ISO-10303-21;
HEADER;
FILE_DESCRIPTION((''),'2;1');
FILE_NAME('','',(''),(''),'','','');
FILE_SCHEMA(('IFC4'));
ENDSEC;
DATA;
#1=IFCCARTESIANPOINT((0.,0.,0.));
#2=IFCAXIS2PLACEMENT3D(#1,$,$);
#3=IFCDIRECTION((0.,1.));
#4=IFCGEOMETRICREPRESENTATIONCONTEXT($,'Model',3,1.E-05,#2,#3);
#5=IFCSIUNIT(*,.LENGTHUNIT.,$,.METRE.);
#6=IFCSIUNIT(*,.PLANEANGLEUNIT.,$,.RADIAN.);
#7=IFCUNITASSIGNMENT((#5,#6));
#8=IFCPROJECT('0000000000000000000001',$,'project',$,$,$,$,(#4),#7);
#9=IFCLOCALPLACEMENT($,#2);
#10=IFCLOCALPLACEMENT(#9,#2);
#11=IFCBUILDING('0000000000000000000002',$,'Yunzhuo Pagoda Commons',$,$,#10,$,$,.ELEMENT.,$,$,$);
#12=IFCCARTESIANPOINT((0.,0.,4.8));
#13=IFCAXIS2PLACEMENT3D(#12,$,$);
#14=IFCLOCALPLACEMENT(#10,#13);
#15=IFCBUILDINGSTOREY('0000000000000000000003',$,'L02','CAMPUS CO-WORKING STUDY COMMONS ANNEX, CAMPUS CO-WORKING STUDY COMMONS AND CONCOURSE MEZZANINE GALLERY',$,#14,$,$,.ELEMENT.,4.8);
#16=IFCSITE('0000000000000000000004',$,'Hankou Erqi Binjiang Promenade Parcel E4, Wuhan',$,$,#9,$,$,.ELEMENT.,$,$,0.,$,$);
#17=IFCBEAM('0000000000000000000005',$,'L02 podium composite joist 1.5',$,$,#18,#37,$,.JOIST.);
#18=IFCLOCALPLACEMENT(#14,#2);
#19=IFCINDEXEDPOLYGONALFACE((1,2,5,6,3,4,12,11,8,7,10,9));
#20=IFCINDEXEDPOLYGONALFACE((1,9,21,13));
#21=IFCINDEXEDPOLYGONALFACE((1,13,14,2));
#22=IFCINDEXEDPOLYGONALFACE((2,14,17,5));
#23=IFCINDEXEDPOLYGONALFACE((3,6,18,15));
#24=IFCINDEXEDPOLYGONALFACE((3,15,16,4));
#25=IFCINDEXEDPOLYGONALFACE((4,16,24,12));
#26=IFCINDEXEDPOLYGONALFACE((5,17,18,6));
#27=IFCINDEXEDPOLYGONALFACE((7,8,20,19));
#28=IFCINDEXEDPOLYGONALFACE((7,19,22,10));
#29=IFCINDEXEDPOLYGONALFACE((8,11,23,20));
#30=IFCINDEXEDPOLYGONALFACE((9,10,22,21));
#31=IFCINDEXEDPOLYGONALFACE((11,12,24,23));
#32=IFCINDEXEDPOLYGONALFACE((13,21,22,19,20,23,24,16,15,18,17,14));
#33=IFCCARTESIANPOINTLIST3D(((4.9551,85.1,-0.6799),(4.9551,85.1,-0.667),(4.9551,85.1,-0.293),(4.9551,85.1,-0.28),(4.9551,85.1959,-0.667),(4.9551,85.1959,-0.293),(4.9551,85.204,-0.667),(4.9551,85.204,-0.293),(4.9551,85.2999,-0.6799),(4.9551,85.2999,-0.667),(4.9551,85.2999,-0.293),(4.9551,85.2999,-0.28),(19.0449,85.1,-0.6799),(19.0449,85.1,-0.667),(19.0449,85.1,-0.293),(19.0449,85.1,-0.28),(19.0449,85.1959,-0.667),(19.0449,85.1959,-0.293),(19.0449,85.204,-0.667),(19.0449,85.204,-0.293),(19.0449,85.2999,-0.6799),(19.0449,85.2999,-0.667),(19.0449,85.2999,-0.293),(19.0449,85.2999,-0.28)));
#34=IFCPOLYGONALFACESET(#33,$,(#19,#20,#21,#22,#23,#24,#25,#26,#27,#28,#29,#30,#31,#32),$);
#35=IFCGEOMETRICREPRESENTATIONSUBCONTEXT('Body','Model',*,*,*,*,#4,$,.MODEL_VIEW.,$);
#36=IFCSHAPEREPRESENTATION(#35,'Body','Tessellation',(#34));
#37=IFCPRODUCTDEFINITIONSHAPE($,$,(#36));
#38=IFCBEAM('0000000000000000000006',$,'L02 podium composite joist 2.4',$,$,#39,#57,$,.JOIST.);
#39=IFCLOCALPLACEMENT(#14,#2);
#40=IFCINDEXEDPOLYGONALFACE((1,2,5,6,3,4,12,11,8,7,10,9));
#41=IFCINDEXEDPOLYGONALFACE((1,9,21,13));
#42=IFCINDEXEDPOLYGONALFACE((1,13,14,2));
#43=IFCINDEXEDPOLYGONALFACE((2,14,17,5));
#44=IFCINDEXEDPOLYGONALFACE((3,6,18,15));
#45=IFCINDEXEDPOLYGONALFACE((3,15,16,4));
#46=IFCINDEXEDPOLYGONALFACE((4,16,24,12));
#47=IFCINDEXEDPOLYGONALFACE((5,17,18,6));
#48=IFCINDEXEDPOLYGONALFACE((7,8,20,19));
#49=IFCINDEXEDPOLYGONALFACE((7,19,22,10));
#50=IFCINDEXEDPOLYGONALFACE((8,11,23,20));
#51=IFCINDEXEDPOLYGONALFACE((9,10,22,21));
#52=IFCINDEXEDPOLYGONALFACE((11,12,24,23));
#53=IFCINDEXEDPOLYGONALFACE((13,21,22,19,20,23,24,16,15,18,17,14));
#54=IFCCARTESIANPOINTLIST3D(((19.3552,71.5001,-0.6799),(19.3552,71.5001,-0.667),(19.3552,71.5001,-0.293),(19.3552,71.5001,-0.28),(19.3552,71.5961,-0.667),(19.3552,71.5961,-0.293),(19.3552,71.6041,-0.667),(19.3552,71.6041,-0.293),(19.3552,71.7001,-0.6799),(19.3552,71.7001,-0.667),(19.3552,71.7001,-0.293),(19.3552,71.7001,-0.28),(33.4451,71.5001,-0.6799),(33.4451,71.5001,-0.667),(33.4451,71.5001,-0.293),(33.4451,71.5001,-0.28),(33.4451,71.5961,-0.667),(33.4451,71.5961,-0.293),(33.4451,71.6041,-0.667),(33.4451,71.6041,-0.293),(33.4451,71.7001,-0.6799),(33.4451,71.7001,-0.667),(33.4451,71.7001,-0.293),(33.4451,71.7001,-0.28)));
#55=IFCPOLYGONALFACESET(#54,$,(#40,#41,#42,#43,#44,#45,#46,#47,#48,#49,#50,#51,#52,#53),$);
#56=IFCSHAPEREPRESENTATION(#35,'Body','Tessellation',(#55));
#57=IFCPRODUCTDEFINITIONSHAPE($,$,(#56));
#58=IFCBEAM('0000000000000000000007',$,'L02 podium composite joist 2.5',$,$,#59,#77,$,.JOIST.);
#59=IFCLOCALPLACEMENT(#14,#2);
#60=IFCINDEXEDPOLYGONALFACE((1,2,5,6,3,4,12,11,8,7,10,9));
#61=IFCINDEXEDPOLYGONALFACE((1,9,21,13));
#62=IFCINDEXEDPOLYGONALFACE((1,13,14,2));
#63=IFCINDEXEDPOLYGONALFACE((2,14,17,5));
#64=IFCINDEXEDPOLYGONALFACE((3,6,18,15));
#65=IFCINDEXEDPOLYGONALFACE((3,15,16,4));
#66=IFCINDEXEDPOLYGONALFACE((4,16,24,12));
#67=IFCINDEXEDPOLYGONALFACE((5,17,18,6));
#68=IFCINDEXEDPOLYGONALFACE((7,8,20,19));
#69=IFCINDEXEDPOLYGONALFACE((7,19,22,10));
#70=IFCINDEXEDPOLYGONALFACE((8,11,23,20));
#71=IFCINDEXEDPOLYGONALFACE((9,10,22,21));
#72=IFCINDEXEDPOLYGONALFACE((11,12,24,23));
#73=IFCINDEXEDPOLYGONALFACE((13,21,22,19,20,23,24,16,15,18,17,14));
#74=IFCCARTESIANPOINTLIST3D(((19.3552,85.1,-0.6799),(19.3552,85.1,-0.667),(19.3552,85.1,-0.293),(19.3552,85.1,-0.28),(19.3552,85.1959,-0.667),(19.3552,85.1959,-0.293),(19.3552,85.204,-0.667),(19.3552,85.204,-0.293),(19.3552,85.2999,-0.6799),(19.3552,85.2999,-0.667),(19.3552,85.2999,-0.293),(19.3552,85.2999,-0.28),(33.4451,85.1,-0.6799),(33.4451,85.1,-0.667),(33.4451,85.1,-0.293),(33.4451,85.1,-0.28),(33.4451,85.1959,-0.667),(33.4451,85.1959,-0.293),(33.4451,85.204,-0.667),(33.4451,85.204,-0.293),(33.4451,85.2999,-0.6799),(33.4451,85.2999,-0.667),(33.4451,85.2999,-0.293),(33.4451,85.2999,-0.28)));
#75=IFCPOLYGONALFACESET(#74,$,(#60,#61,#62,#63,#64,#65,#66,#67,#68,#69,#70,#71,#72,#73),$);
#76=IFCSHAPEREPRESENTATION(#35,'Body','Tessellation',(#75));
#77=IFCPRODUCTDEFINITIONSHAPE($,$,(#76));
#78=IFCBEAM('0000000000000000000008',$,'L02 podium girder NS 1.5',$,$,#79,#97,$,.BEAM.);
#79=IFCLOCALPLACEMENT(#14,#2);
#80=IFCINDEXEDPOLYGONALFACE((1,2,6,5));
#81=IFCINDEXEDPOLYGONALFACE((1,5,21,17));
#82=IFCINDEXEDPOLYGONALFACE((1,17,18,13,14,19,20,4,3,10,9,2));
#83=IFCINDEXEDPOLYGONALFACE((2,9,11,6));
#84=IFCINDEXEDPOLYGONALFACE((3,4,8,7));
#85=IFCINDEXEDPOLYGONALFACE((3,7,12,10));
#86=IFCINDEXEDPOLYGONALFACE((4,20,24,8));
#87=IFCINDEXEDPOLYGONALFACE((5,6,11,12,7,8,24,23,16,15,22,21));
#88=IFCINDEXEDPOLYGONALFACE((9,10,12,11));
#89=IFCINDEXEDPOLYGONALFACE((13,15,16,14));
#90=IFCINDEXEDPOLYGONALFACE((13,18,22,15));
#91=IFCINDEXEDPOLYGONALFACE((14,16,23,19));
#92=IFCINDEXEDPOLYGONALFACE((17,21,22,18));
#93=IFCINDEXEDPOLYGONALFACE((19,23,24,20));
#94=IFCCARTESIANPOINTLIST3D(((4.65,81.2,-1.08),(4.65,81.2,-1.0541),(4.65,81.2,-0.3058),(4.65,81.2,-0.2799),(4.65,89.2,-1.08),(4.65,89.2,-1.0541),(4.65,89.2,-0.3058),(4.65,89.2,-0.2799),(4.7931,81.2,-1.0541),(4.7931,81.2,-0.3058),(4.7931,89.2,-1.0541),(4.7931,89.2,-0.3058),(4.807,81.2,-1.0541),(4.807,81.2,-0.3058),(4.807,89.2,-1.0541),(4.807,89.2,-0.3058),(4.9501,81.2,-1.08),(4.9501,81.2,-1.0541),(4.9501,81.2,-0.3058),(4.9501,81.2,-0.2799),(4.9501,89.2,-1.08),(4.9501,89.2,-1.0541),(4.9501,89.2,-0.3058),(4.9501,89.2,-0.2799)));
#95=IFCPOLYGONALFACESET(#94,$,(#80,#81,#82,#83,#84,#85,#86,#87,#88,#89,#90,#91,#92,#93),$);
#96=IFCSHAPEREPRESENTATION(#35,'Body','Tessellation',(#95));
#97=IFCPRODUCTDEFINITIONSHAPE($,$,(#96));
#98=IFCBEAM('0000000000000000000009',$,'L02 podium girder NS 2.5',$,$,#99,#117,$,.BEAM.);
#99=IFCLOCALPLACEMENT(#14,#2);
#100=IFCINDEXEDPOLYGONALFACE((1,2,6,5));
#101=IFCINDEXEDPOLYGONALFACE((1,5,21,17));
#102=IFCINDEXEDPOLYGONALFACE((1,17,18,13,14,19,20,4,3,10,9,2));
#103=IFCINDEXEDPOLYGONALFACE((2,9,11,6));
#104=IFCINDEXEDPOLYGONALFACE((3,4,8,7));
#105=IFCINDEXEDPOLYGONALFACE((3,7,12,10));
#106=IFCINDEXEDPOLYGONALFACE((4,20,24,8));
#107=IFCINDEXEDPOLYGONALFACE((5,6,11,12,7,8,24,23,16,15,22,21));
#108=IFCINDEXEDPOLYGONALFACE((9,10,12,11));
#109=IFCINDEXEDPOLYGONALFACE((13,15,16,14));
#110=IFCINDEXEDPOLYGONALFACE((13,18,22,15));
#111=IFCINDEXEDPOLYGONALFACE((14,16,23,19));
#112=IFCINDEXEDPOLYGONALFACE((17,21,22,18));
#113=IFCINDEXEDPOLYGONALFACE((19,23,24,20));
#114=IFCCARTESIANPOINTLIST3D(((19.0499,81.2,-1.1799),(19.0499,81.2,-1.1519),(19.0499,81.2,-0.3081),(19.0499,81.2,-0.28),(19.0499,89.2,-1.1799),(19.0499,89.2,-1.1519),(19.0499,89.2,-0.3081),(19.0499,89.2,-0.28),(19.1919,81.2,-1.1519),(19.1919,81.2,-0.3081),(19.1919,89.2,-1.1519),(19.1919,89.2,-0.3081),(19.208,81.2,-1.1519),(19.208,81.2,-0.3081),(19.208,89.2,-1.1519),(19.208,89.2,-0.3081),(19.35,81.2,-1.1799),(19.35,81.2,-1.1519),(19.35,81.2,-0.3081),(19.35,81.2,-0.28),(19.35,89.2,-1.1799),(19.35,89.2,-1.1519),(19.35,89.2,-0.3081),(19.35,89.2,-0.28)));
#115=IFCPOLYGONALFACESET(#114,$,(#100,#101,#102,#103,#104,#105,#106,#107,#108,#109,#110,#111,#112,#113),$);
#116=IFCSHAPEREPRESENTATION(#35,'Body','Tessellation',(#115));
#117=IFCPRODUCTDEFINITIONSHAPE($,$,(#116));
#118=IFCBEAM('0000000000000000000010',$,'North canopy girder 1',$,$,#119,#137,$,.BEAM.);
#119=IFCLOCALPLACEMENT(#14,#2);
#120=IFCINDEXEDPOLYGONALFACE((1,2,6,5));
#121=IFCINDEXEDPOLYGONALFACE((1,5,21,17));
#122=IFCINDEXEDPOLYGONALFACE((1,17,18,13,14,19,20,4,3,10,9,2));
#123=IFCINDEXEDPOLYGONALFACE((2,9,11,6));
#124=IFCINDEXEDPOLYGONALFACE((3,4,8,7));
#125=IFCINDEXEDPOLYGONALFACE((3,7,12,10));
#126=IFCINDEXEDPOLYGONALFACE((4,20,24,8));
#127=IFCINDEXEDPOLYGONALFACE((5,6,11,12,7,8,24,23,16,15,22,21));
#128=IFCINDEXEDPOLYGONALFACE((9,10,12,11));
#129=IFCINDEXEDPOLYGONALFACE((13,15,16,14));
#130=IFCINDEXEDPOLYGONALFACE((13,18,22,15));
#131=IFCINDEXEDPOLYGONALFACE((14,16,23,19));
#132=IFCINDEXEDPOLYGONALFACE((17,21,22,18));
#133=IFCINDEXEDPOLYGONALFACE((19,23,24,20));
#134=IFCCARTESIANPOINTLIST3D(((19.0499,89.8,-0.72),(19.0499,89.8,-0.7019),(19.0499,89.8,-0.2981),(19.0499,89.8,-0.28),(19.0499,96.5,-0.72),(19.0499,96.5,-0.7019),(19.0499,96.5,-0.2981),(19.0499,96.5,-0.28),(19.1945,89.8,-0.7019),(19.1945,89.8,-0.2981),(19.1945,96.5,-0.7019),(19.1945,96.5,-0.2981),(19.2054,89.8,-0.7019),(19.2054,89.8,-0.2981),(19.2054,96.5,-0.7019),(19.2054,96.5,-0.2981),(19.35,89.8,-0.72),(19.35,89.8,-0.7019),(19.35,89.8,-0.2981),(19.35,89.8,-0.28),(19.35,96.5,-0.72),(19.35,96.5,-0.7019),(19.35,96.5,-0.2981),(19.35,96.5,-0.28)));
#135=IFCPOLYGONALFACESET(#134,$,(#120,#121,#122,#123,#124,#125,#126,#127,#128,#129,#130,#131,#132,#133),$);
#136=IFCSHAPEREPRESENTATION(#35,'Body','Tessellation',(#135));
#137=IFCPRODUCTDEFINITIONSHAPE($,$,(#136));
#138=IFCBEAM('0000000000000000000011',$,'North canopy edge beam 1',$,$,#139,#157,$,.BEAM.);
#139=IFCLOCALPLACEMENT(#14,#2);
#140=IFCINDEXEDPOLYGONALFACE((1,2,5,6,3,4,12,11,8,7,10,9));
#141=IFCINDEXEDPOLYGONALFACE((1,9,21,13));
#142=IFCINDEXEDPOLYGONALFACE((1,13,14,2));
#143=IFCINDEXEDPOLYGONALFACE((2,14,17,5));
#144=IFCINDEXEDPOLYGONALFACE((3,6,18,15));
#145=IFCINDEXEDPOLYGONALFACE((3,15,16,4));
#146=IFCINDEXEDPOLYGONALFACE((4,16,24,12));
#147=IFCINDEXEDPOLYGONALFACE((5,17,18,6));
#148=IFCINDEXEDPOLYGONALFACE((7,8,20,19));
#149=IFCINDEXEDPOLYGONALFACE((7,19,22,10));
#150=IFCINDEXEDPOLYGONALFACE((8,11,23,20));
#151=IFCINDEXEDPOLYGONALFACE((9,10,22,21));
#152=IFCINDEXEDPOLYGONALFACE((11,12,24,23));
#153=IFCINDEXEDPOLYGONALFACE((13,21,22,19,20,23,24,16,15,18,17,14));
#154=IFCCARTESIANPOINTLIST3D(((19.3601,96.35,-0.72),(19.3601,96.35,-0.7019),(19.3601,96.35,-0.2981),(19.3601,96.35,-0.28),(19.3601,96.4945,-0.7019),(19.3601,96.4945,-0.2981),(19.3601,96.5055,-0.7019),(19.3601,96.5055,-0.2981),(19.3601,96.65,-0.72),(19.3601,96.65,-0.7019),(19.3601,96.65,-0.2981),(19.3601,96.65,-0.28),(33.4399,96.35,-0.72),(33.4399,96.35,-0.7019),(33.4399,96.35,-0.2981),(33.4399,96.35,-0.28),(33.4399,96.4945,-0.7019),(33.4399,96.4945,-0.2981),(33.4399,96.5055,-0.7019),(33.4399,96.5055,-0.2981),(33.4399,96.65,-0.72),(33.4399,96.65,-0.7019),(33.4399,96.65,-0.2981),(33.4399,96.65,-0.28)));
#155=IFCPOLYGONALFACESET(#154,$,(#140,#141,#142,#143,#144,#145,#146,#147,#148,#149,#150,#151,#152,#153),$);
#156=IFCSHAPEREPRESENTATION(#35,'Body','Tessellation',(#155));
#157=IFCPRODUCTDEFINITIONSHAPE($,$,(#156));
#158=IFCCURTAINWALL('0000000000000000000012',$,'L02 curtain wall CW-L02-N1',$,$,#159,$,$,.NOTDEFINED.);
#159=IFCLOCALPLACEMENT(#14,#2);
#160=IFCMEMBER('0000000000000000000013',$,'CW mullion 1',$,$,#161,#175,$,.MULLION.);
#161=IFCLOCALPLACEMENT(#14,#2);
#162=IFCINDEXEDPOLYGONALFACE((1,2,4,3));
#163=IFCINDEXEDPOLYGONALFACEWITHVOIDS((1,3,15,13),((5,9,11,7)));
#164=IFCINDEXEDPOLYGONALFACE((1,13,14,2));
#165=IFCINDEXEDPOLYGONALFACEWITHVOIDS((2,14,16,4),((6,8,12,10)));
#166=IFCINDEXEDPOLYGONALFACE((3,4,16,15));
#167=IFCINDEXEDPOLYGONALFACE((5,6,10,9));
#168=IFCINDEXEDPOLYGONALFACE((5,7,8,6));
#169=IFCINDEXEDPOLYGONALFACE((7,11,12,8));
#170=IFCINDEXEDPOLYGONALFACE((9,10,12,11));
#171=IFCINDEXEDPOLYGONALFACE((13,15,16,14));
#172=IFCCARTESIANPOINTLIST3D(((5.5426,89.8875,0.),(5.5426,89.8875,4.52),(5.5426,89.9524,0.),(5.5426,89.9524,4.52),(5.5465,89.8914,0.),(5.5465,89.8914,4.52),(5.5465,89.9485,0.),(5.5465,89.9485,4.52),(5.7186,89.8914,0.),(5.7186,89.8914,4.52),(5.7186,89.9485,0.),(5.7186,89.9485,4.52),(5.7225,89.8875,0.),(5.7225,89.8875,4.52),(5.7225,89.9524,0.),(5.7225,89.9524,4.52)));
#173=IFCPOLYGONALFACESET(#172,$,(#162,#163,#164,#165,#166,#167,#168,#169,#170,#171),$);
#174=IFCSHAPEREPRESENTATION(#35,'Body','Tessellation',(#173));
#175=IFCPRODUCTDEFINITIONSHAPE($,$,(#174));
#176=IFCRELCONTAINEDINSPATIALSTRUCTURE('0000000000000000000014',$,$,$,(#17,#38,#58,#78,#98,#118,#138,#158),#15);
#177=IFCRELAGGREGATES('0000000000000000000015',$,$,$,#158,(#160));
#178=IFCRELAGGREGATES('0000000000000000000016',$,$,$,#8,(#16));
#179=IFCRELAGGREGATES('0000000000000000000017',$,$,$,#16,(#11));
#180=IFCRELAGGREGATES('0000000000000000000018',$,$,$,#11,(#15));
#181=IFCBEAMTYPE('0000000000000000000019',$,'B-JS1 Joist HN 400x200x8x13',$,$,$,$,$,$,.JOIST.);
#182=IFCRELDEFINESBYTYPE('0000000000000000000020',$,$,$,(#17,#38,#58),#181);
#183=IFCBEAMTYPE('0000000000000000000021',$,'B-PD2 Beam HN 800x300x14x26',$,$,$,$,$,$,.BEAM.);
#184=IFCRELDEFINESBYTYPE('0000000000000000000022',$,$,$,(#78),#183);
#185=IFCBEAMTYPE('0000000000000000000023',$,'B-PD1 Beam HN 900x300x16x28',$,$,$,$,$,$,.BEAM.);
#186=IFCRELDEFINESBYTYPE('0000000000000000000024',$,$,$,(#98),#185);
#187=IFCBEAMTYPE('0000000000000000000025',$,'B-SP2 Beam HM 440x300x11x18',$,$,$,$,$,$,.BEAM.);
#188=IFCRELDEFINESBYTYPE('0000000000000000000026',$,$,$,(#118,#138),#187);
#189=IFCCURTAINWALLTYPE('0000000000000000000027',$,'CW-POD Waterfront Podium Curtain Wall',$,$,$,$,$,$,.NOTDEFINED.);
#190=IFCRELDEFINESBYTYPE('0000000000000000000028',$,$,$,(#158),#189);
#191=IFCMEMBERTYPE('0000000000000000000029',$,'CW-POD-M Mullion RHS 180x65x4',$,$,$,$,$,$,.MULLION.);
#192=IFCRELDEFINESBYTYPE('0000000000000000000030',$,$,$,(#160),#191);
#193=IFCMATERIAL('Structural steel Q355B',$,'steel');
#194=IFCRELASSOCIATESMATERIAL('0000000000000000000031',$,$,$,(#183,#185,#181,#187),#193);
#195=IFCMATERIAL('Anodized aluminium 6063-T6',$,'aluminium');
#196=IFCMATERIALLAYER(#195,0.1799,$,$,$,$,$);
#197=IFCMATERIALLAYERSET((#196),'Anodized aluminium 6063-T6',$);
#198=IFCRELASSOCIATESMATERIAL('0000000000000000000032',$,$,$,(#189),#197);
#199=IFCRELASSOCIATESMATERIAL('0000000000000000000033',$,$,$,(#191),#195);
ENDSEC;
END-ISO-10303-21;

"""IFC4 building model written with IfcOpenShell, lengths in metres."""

from ifc_helpers import new_model, si_unit, direction, frame, origin, origin_2d, place, context, subcontext, project, spatial, hollow_rectangle, i_section, extrude, source, transform, mapped, material, layer, layer_set, material_profile, profile_set, type_object, element, aggregate, save


model = new_model("IFC4")

# Units and contexts
model_context = context("Model", 3, precision=1e-05, world=origin(), true_north=direction((0.0, 1.0)))
body_context = subcontext(model_context, "Body", "Model", "MODEL_VIEW")
ifc_project = project(units=[si_unit("LENGTHUNIT", "METRE"), si_unit("PLANEANGLEUNIT", "RADIAN")], contexts=[model_context])

# Site, building, storey
site_placement = place(None, origin())
site = spatial("IfcSite", under=ifc_project, at=site_placement, Name="Hankou Erqi Binjiang Promenade Parcel E4, Wuhan", CompositionType="ELEMENT", RefElevation=0.0)
building_placement = place(site_placement, origin())
building = spatial("IfcBuilding", under=site, at=building_placement, Name="Yunzhuo Pagoda Commons", CompositionType="ELEMENT")
storey_placement = place(building_placement, frame((0.0, 0.0, 4.8)))
storey = spatial("IfcBuildingStorey", under=building, at=storey_placement, Name="L02", Description="CAMPUS CO-WORKING STUDY COMMONS ANNEX, CAMPUS CO-WORKING STUDY COMMONS AND CONCOURSE MEZZANINE GALLERY", CompositionType="ELEMENT", Elevation=4.8)

# Beams
ifc_material_1 = material(Name="Structural steel Q355B", Category="steel")
ifc_material_profile_1 = material_profile(ifc_material_1, i_section(OverallWidth=0.3, OverallDepth=0.8, WebThickness=0.0139, FlangeThickness=0.0259, at=origin_2d()), Name="Structural steel Q355B")
ifc_profile_set_1 = profile_set([ifc_material_profile_1], Name="Structural steel Q355B")
beam_type_1 = type_object("IfcBeamType", Name="B-PD2 Beam HN 800x300x14x26", PredefinedType="BEAM", material=ifc_profile_set_1)
ifc_material_profile_2 = material_profile(ifc_material_1, i_section(OverallWidth=0.3, OverallDepth=0.8999, WebThickness=0.0161, FlangeThickness=0.0281, at=origin_2d()), Name="Structural steel Q355B")
ifc_profile_set_2 = profile_set([ifc_material_profile_2], Name="Structural steel Q355B")
beam_type_2 = type_object("IfcBeamType", Name="B-PD1 Beam HN 900x300x16x28", PredefinedType="BEAM", material=ifc_profile_set_2)
ifc_material_profile_3 = material_profile(ifc_material_1, i_section(OverallWidth=0.2, OverallDepth=0.3999, WebThickness=0.0081, FlangeThickness=0.0129, at=origin_2d()), Name="Structural steel Q355B")
ifc_profile_set_3 = profile_set([ifc_material_profile_3], Name="Structural steel Q355B")
beam_type_3 = type_object("IfcBeamType", Name="B-JS1 Joist HN 400x200x8x13", PredefinedType="JOIST", material=ifc_profile_set_3)
shared_shape_1 = source(origin(), body_context, "Body", "SweptSolid", [
    extrude(i_section(OverallWidth=0.2, OverallDepth=0.3999, WebThickness=0.0081, FlangeThickness=0.0129, at=origin_2d()), origin(), (0.0, 0.0, 1.0), 14.0898),
])
for number, where, z_axis, x_axis, name in (
    (1, (4.9551, 85.2, -0.48), (1.0, 0.0, 0.0), (0.0, 1.0, 0.0), "L02 podium composite joist 1.5"),
    (2, (19.3552, 71.6001, -0.48), (1.0, 0.0, 0.0), (0.0, 1.0, 0.0), "L02 podium composite joist 2.4"),
    (3, (19.3552, 85.2, -0.48), (1.0, 0.0, 0.0), (0.0, 1.0, 0.0), "L02 podium composite joist 2.5"),
):
    element("IfcBeam", number, at=place(storey_placement, frame(where, z_axis=z_axis, x_axis=x_axis)), inside=storey, type_object=beam_type_3, Name=name, PredefinedType="JOIST", context=body_context, shape_type="MappedRepresentation", body=[
        mapped(shared_shape_1, transform((0.0, 0.0, 0.0), scale=1.0)),
    ])
shared_shape_2 = source(origin(), body_context, "Body", "SweptSolid", [
    extrude(i_section(OverallWidth=0.3, OverallDepth=0.8, WebThickness=0.0139, FlangeThickness=0.0259, at=origin_2d()), origin(), (0.0, 0.0, 1.0), 8.0),
])
beam_1_placement = place(storey_placement, frame((4.8, 81.2, -0.6799), z_axis=(0.0, 1.0, 0.0), x_axis=(-1.0, 0.0, 0.0)))
element("IfcBeam", 4, at=beam_1_placement, inside=storey, type_object=beam_type_1, Name="L02 podium girder NS 1.5", PredefinedType="BEAM", context=body_context, shape_type="MappedRepresentation", body=[
    mapped(shared_shape_2, transform((0.0, 0.0, 0.0), scale=1.0)),
])
shared_shape_3 = source(origin(), body_context, "Body", "SweptSolid", [
    extrude(i_section(OverallWidth=0.3, OverallDepth=0.8999, WebThickness=0.0161, FlangeThickness=0.0281, at=origin_2d()), origin(), (0.0, 0.0, 1.0), 8.0),
])
beam_2_placement = place(storey_placement, frame((19.2, 81.2, -0.73), z_axis=(0.0, 1.0, 0.0), x_axis=(-1.0, 0.0, 0.0)))
element("IfcBeam", 5, at=beam_2_placement, inside=storey, type_object=beam_type_2, Name="L02 podium girder NS 2.5", PredefinedType="BEAM", context=body_context, shape_type="MappedRepresentation", body=[
    mapped(shared_shape_3, transform((0.0, 0.0, 0.0), scale=1.0)),
])
ifc_material_profile_4 = material_profile(ifc_material_1, i_section(OverallWidth=0.3, OverallDepth=0.4399, WebThickness=0.011, FlangeThickness=0.0181, at=origin_2d()), Name="Structural steel Q355B")
ifc_profile_set_4 = profile_set([ifc_material_profile_4], Name="Structural steel Q355B")
beam_type_4 = type_object("IfcBeamType", Name="B-SP2 Beam HM 440x300x11x18", PredefinedType="BEAM", material=ifc_profile_set_4)
shared_shape_4 = source(origin(), body_context, "Body", "SweptSolid", [
    extrude(i_section(OverallWidth=0.3, OverallDepth=0.4399, WebThickness=0.011, FlangeThickness=0.0181, at=origin_2d()), origin(), (0.0, 0.0, 1.0), 6.7),
])
beam_3_placement = place(storey_placement, frame((19.2, 89.8, -0.5), z_axis=(0.0, 1.0, 0.0), x_axis=(-1.0, 0.0, 0.0)))
element("IfcBeam", 6, at=beam_3_placement, inside=storey, type_object=beam_type_4, Name="North canopy girder 1", PredefinedType="BEAM", context=body_context, shape_type="MappedRepresentation", body=[
    mapped(shared_shape_4, transform((0.0, 0.0, 0.0), scale=1.0)),
])
shared_shape_5 = source(origin(), body_context, "Body", "SweptSolid", [
    extrude(i_section(OverallWidth=0.3, OverallDepth=0.4399, WebThickness=0.011, FlangeThickness=0.0181, at=origin_2d()), origin(), (0.0, 0.0, 1.0), 14.0798),
])
beam_4_placement = place(storey_placement, frame((19.3601, 96.5, -0.5), z_axis=(1.0, 0.0, 0.0), x_axis=(0.0, 1.0, 0.0)))
element("IfcBeam", 7, at=beam_4_placement, inside=storey, type_object=beam_type_4, Name="North canopy edge beam 1", PredefinedType="BEAM", context=body_context, shape_type="MappedRepresentation", body=[
    mapped(shared_shape_5, transform((0.0, 0.0, 0.0), scale=1.0)),
])

# Curtain wall, member
ifc_material_2 = material(Name="Anodized aluminium 6063-T6", Category="aluminium")
ifc_layer_1 = layer(ifc_material_2, 0.1799)
ifc_layer_set_1 = layer_set([ifc_layer_1], Name="Anodized aluminium 6063-T6")
curtain_wall_type = type_object("IfcCurtainWallType", Name="CW-POD Waterfront Podium Curtain Wall", PredefinedType="NOTDEFINED", material=ifc_layer_set_1)
curtain_wall_1_placement = place(storey_placement, origin())
curtain_wall_1 = element("IfcCurtainWall", 8, at=curtain_wall_1_placement, inside=storey, type_object=curtain_wall_type, Name="L02 curtain wall CW-L02-N1", PredefinedType="NOTDEFINED")
ifc_material_profile_5 = material_profile(ifc_material_2, hollow_rectangle(XDim=0.0649, YDim=0.1799, WallThickness=0.0039, at=origin_2d()), Name="Anodized aluminium 6063-T6")
ifc_profile_set_5 = profile_set([ifc_material_profile_5], Name="Anodized aluminium 6063-T6")
member_type_1 = type_object("IfcMemberType", Name="CW-POD-M Mullion RHS 180x65x4", PredefinedType="MULLION", material=ifc_profile_set_5)
shared_shape_6 = source(origin(), body_context, "Body", "SweptSolid", [
    extrude(hollow_rectangle(XDim=0.0649, YDim=0.1799, WallThickness=0.0039, at=origin_2d()), origin(), (0.0, 0.0, 1.0), 4.52),
])
member_1_placement = place(storey_placement, frame((5.6326, 89.9199, 0.0), z_axis=(0.0, 0.0, 1.0), x_axis=(0.0, 1.0, 0.0)))
member_1 = element("IfcMember", 9, at=member_1_placement, type_object=member_type_1, Name="CW mullion 1", PredefinedType="MULLION", context=body_context, shape_type="MappedRepresentation", body=[
    mapped(shared_shape_6, transform((0.0, 0.0, 0.0), scale=1.0)),
])

aggregate(curtain_wall_1, [member_1])

save(model, "model.ifc")
